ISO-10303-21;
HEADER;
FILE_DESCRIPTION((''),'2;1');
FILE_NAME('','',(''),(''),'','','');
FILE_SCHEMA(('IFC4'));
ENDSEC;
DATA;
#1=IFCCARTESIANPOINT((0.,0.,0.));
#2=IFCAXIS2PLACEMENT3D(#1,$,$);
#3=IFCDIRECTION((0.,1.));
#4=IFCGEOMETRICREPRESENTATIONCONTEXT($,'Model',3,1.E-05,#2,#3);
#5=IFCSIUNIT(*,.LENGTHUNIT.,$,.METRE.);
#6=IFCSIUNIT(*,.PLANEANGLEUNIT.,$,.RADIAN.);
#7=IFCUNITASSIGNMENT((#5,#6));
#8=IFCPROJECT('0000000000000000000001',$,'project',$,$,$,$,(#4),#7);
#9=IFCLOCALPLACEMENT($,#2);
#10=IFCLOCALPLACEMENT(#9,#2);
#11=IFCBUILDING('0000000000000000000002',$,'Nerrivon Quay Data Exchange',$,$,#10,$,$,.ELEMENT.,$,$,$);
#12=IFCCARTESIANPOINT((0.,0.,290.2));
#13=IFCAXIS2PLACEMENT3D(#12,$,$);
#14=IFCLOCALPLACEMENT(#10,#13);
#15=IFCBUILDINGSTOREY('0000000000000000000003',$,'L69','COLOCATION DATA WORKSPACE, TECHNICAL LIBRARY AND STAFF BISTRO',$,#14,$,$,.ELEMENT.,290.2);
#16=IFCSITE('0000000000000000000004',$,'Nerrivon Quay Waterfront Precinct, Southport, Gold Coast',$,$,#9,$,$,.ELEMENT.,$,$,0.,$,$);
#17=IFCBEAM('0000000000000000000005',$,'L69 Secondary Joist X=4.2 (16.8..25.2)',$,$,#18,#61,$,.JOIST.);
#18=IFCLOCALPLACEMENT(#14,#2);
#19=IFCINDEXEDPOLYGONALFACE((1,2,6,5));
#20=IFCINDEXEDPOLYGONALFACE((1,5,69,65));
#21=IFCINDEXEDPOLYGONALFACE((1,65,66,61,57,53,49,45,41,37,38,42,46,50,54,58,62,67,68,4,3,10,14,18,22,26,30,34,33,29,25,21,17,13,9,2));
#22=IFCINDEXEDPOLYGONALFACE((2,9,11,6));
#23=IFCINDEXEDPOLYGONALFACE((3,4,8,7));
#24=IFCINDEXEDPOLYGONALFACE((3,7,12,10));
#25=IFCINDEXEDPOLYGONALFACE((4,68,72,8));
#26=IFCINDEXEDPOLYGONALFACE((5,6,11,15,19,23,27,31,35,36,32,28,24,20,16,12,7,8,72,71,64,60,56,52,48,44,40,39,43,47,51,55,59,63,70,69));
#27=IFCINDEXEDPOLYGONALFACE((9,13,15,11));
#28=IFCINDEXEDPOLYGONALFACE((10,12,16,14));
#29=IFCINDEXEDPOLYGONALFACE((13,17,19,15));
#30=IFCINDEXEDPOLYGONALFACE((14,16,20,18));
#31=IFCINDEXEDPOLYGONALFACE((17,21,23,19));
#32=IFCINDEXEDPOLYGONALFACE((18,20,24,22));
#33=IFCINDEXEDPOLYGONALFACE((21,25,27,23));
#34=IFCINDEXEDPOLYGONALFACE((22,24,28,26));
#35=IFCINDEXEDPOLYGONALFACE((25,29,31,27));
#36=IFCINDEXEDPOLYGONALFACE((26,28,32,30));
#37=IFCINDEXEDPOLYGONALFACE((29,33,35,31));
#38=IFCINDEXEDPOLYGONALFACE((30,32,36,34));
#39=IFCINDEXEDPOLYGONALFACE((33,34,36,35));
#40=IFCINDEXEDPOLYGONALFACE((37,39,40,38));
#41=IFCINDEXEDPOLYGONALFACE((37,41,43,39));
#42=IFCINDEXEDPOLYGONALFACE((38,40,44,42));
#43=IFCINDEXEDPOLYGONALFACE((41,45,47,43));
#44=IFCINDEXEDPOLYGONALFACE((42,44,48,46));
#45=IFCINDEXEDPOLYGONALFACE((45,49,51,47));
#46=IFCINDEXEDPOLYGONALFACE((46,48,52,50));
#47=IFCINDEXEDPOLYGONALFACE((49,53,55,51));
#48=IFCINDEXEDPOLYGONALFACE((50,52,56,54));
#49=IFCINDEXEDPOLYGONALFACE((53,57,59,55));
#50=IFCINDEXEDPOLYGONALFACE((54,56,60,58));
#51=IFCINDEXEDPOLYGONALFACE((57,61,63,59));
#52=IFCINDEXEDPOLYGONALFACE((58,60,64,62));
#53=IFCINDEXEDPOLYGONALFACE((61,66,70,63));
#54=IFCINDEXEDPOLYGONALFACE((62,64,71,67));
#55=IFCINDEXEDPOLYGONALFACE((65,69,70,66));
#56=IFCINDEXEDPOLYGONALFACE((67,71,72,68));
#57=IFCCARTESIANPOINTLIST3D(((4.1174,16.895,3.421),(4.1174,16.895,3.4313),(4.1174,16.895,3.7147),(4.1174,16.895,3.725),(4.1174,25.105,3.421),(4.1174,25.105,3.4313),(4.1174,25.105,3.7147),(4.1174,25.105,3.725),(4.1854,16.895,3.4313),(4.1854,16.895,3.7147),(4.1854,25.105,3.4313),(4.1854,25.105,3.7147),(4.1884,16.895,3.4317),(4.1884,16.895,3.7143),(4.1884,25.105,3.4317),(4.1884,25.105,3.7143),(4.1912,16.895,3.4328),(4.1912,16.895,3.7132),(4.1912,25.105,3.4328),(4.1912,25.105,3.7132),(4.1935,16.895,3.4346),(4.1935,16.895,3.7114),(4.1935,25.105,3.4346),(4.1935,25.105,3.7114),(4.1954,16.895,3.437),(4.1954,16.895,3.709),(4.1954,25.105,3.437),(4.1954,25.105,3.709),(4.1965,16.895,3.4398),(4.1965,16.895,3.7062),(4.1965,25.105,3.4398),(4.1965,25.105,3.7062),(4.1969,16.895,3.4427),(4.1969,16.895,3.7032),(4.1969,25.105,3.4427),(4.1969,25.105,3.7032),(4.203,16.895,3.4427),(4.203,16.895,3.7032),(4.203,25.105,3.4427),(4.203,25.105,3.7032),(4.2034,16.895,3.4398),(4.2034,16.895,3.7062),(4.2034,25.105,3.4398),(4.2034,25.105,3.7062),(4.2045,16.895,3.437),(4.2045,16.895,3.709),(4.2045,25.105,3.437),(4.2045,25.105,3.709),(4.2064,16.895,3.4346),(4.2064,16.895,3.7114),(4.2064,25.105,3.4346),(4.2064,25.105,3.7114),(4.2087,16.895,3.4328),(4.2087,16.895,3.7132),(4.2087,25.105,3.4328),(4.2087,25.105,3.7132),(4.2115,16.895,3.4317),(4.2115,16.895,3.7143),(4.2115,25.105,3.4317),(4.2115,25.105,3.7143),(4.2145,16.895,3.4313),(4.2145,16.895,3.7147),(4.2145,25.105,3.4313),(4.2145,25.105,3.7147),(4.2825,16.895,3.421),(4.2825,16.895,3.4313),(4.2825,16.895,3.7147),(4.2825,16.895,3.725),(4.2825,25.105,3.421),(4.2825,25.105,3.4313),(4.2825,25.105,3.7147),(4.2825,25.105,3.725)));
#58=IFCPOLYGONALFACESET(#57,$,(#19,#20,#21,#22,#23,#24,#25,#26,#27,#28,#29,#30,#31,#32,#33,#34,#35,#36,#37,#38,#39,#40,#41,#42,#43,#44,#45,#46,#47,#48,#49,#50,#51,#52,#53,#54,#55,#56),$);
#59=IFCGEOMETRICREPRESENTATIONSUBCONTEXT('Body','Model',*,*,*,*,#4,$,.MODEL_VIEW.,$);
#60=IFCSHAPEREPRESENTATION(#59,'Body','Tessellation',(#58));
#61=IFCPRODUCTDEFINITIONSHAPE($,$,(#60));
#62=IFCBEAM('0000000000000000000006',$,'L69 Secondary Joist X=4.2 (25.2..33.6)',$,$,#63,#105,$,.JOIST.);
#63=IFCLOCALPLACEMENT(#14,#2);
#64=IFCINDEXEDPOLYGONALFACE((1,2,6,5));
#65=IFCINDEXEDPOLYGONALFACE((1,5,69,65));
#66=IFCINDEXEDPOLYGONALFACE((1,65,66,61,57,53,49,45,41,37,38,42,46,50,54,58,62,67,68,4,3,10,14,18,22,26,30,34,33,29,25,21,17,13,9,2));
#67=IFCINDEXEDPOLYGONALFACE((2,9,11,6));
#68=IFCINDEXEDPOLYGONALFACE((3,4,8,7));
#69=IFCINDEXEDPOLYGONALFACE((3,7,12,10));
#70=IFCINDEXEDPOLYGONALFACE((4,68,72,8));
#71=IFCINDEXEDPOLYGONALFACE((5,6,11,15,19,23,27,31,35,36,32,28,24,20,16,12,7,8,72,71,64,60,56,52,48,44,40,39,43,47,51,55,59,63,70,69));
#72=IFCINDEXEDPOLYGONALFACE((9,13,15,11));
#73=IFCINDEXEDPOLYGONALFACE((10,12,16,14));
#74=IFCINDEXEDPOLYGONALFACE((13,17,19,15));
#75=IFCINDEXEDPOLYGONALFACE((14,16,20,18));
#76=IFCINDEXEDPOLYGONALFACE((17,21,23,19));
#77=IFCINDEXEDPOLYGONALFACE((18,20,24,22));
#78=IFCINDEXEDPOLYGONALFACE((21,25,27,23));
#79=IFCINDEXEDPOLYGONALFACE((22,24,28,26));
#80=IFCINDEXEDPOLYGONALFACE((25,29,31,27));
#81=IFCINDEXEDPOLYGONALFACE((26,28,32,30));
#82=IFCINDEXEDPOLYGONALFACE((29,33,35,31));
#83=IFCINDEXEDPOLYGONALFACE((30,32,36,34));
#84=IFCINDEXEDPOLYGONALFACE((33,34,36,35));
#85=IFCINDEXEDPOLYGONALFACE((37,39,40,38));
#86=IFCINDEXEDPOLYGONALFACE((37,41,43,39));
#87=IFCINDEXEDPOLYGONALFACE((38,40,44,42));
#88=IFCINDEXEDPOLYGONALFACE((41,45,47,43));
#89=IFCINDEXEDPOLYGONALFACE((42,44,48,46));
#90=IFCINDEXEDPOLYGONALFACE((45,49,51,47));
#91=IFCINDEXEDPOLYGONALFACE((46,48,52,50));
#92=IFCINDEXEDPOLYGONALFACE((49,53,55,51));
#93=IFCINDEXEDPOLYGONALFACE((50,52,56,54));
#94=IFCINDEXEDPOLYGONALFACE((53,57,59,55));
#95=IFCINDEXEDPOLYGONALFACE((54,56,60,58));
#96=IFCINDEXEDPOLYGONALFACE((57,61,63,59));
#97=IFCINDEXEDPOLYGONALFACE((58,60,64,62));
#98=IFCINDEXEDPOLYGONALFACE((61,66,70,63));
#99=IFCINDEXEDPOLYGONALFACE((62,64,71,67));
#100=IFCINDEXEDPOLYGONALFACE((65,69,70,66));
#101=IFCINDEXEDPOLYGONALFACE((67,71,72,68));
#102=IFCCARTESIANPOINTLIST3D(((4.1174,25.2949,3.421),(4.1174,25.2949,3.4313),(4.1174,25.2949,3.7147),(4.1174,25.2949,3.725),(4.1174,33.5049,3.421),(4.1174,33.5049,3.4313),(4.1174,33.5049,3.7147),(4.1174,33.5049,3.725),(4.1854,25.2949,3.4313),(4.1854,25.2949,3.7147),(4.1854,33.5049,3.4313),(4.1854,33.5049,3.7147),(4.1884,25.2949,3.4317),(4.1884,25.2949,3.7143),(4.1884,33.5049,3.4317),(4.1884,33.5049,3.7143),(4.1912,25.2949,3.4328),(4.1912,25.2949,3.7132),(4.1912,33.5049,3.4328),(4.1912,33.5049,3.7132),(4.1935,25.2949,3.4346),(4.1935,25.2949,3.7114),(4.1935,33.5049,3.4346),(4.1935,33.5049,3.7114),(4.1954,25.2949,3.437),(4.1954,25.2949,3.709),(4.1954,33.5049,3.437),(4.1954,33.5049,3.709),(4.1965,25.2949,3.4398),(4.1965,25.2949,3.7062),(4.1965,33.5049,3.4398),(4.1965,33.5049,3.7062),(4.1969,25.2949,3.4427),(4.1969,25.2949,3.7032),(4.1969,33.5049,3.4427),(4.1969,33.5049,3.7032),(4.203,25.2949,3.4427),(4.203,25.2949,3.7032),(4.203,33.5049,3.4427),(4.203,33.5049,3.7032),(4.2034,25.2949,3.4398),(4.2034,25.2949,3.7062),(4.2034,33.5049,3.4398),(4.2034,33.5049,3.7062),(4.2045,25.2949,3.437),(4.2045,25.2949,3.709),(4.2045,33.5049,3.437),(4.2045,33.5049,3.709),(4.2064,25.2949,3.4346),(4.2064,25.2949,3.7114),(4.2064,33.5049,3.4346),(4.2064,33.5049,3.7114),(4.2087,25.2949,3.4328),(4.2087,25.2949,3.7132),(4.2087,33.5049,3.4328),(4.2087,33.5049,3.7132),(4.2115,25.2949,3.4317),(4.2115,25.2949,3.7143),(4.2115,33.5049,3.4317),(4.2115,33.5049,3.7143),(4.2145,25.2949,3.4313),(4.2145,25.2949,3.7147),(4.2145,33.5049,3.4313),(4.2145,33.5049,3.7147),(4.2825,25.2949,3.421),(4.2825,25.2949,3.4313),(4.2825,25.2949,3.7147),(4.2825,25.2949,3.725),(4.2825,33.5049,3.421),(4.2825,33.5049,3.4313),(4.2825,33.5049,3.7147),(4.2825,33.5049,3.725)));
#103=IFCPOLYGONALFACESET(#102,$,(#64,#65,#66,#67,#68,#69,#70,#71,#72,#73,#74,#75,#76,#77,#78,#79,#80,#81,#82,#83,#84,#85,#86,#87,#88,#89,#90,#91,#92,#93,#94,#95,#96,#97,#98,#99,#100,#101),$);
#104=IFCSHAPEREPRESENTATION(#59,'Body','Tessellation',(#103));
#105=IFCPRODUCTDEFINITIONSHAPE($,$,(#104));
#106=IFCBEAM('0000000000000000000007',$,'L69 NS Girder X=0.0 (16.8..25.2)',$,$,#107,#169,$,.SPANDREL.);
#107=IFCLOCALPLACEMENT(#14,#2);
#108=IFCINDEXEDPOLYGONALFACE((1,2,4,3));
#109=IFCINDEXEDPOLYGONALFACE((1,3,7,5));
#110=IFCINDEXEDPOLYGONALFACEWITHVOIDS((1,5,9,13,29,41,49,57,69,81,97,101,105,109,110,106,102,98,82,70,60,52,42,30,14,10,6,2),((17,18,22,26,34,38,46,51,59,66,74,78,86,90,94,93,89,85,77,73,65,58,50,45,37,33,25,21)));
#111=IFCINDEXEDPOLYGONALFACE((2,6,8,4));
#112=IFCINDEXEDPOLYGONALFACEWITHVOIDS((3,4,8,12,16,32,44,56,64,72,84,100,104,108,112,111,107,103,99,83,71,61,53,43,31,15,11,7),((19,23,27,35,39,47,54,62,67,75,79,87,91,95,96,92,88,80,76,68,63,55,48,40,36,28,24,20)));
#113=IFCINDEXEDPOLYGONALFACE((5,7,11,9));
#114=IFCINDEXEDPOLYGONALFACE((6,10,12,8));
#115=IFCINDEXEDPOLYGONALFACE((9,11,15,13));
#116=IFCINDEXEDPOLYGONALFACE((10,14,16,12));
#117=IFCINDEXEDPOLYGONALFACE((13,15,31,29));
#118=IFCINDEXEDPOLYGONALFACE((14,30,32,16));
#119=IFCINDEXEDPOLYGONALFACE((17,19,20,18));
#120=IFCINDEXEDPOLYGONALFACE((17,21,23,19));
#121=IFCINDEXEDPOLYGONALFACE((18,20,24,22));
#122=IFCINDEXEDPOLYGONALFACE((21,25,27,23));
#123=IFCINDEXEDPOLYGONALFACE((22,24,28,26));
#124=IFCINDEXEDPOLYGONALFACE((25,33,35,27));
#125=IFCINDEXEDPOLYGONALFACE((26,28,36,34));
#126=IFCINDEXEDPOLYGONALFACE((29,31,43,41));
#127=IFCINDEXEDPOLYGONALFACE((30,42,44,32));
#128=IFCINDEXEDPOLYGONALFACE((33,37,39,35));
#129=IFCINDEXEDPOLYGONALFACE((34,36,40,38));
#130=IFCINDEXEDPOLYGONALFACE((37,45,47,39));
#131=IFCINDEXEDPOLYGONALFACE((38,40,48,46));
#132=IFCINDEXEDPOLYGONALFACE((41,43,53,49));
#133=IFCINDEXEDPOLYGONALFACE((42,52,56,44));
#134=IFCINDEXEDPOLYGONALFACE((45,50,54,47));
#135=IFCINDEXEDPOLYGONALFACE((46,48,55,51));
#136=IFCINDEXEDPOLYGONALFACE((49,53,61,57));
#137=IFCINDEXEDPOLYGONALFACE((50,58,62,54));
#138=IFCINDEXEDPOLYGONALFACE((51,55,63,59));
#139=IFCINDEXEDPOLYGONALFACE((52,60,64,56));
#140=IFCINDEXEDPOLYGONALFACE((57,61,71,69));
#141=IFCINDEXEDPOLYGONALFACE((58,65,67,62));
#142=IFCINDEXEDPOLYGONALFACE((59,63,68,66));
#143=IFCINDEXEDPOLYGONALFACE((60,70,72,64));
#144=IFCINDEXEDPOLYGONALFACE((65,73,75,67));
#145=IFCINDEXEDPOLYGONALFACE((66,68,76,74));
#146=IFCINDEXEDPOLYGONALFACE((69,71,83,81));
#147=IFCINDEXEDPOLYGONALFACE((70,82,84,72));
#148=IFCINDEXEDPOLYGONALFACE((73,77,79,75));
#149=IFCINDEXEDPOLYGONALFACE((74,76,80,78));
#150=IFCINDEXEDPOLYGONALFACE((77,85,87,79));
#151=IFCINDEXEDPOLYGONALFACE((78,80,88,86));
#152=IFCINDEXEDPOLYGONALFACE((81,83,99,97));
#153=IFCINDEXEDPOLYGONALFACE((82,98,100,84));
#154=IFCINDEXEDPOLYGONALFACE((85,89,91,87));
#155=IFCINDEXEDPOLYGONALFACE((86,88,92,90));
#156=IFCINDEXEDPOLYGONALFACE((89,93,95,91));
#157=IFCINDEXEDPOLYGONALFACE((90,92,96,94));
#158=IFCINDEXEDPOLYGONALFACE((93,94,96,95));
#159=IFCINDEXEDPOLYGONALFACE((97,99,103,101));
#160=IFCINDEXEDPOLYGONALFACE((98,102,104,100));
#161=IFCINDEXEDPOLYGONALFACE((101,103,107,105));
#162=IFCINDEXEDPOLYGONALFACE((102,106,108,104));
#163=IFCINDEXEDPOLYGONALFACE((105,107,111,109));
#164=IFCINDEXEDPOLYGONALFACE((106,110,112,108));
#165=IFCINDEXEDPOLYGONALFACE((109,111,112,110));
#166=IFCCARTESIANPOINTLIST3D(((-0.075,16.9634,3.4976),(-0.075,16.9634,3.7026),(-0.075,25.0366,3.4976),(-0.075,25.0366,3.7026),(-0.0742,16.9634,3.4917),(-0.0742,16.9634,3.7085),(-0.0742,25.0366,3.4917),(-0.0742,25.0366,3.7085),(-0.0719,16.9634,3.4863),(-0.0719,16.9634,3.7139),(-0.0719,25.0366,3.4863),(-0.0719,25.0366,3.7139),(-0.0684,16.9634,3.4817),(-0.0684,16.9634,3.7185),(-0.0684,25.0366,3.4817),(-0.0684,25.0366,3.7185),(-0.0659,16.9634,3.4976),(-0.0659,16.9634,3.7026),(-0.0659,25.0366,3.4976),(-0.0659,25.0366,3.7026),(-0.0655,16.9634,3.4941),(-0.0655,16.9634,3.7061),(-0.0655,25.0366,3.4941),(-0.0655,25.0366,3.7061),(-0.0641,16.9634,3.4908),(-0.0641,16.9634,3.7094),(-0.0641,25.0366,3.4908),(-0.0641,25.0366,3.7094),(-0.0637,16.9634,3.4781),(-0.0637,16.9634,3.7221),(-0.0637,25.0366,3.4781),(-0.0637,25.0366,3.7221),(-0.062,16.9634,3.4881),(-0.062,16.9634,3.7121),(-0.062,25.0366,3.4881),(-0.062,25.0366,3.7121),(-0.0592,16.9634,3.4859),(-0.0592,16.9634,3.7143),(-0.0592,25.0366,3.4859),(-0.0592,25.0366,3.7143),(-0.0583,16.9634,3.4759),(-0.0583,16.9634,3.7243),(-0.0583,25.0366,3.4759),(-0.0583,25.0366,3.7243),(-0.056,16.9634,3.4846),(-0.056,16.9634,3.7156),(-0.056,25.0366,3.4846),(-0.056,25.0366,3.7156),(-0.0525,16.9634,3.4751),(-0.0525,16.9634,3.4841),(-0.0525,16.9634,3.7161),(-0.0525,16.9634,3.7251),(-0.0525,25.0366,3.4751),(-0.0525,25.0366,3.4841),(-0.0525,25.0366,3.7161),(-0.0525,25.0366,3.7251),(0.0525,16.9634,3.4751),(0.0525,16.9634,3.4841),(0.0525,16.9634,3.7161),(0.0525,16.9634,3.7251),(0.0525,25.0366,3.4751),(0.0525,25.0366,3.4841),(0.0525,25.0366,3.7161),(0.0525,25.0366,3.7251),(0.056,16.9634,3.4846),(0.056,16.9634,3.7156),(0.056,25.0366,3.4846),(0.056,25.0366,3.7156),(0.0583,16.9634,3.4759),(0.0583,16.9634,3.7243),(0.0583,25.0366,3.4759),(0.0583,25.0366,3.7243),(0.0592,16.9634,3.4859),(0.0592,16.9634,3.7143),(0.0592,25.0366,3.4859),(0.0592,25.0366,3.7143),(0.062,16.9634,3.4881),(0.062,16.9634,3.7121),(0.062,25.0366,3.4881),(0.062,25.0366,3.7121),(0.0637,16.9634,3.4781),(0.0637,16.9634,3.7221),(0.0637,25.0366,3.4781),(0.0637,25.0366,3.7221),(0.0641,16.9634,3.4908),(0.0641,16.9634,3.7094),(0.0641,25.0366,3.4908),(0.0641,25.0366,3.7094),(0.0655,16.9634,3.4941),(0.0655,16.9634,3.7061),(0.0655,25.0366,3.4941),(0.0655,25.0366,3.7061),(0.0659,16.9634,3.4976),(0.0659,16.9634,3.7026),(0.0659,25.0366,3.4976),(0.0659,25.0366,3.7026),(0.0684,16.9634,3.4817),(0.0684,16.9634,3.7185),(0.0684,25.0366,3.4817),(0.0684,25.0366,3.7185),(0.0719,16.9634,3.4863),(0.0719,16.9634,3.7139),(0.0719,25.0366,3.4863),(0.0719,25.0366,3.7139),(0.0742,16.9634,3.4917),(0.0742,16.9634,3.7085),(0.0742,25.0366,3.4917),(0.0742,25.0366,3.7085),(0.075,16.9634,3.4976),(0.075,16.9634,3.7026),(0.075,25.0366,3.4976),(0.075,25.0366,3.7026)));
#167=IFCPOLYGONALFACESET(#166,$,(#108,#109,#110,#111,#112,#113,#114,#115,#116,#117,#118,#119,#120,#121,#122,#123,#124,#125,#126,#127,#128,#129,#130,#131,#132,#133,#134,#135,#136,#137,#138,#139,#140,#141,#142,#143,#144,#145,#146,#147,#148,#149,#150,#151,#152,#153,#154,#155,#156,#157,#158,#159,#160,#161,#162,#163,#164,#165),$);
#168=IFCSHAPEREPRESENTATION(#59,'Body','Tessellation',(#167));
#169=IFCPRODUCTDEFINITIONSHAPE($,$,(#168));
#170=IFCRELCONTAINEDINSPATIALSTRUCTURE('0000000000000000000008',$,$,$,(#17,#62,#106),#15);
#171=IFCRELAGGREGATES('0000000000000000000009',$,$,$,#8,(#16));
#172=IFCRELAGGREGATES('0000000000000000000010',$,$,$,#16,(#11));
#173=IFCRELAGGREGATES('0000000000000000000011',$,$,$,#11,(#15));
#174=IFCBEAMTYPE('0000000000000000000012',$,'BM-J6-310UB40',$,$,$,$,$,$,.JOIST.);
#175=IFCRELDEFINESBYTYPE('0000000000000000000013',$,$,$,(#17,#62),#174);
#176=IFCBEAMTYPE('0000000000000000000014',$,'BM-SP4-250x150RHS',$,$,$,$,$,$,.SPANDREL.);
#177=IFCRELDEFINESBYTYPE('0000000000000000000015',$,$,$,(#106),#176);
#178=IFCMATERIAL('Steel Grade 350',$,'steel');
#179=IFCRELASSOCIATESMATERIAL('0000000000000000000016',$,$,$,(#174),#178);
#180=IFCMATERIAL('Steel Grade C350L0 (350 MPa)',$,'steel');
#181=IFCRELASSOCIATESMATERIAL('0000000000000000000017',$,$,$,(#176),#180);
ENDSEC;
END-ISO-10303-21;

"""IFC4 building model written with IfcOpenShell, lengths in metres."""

from ifc_helpers import new_model, si_unit, direction, frame, origin, origin_2d, place, context, subcontext, project, spatial, hollow_rectangle, i_section, extrude, material, material_profile, profile_set, type_object, element, save


model = new_model("IFC4")

# Units and contexts
model_context = context("Model", 3, precision=1e-05, world=origin(), true_north=direction((0.0, 1.0)))
body_context = subcontext(model_context, "Body", "Model", "MODEL_VIEW")
ifc_project = project(units=[si_unit("LENGTHUNIT", "METRE"), si_unit("PLANEANGLEUNIT", "RADIAN")], contexts=[model_context])

# Site, building, storey
site_placement = place(None, origin())
site = spatial("IfcSite", under=ifc_project, at=site_placement, Name="Nerrivon Quay Waterfront Precinct, Southport, Gold Coast", CompositionType="ELEMENT", RefElevation=0.0)
building_placement = place(site_placement, origin())
building = spatial("IfcBuilding", under=site, at=building_placement, Name="Nerrivon Quay Data Exchange", CompositionType="ELEMENT")
storey_placement = place(building_placement, frame((0.0, 0.0, 290.2)))
storey = spatial("IfcBuildingStorey", under=building, at=storey_placement, Name="L69", Description="COLOCATION DATA WORKSPACE, TECHNICAL LIBRARY AND STAFF BISTRO", CompositionType="ELEMENT", Elevation=290.2)

# Shared definitions
ifc_material_1 = material(Name="Steel Grade 350", Category="steel")

# Beams
ifc_material_profile_1 = material_profile(ifc_material_1, i_section(OverallWidth=0.165, OverallDepth=0.304, WebThickness=0.0061, FlangeThickness=0.0103, FilletRadius=0.0115, at=origin_2d()), Name="310UB40.4")
ifc_profile_set_1 = profile_set([ifc_material_profile_1], Name="Steel Grade 350")
beam_type_1 = type_object("IfcBeamType", Name="BM-J6-310UB40", PredefinedType="JOIST", material=ifc_profile_set_1)
for number, where, z_axis, x_axis, name in (
    (1, (4.2, 16.895, 3.573), (0.0, 1.0, 0.0), (-1.0, 0.0, 0.0), "L69 Secondary Joist X=4.2 (16.8..25.2)"),
    (2, (4.2, 25.2949, 3.573), (0.0, 1.0, 0.0), (-1.0, 0.0, 0.0), "L69 Secondary Joist X=4.2 (25.2..33.6)"),
):
    element("IfcBeam", number, at=place(storey_placement, frame(where, z_axis=z_axis, x_axis=x_axis)), inside=storey, type_object=beam_type_1, Name=name, PredefinedType="JOIST", context=body_context, shape_type="SweptSolid", body=[
        extrude(i_section(OverallWidth=0.165, OverallDepth=0.304, WebThickness=0.0061, FlangeThickness=0.0103, FilletRadius=0.0115, at=origin_2d()), origin(), (0.0, 0.0, 1.0), 8.21),
    ])
ifc_material_2 = material(Name="Steel Grade C350L0 (350 MPa)", Category="steel")
ifc_material_profile_2 = material_profile(ifc_material_2, hollow_rectangle(XDim=0.1499, YDim=0.25, WallThickness=0.009, InnerFilletRadius=0.0134, OuterFilletRadius=0.0225, at=origin_2d()), Name="250x150x9.0RHS")
ifc_profile_set_2 = profile_set([ifc_material_profile_2], Name="Steel Grade C350L0 (350 MPa)")
beam_type_2 = type_object("IfcBeamType", Name="BM-SP4-250x150RHS", PredefinedType="SPANDREL", material=ifc_profile_set_2)
beam_1_placement = place(storey_placement, frame((0.0, 16.9634, 3.6001), z_axis=(0.0, 1.0, 0.0), x_axis=(-1.0, 0.0, 0.0)))
element("IfcBeam", 3, at=beam_1_placement, inside=storey, type_object=beam_type_2, Name="L69 NS Girder X=0.0 (16.8..25.2)", PredefinedType="SPANDREL", context=body_context, shape_type="SweptSolid", body=[
    extrude(hollow_rectangle(XDim=0.1499, YDim=0.25, WallThickness=0.009, InnerFilletRadius=0.0134, OuterFilletRadius=0.0225, at=origin_2d()), origin(), (0.0, 0.0, 1.0), 8.0732),
])

save(model, "model.ifc")
